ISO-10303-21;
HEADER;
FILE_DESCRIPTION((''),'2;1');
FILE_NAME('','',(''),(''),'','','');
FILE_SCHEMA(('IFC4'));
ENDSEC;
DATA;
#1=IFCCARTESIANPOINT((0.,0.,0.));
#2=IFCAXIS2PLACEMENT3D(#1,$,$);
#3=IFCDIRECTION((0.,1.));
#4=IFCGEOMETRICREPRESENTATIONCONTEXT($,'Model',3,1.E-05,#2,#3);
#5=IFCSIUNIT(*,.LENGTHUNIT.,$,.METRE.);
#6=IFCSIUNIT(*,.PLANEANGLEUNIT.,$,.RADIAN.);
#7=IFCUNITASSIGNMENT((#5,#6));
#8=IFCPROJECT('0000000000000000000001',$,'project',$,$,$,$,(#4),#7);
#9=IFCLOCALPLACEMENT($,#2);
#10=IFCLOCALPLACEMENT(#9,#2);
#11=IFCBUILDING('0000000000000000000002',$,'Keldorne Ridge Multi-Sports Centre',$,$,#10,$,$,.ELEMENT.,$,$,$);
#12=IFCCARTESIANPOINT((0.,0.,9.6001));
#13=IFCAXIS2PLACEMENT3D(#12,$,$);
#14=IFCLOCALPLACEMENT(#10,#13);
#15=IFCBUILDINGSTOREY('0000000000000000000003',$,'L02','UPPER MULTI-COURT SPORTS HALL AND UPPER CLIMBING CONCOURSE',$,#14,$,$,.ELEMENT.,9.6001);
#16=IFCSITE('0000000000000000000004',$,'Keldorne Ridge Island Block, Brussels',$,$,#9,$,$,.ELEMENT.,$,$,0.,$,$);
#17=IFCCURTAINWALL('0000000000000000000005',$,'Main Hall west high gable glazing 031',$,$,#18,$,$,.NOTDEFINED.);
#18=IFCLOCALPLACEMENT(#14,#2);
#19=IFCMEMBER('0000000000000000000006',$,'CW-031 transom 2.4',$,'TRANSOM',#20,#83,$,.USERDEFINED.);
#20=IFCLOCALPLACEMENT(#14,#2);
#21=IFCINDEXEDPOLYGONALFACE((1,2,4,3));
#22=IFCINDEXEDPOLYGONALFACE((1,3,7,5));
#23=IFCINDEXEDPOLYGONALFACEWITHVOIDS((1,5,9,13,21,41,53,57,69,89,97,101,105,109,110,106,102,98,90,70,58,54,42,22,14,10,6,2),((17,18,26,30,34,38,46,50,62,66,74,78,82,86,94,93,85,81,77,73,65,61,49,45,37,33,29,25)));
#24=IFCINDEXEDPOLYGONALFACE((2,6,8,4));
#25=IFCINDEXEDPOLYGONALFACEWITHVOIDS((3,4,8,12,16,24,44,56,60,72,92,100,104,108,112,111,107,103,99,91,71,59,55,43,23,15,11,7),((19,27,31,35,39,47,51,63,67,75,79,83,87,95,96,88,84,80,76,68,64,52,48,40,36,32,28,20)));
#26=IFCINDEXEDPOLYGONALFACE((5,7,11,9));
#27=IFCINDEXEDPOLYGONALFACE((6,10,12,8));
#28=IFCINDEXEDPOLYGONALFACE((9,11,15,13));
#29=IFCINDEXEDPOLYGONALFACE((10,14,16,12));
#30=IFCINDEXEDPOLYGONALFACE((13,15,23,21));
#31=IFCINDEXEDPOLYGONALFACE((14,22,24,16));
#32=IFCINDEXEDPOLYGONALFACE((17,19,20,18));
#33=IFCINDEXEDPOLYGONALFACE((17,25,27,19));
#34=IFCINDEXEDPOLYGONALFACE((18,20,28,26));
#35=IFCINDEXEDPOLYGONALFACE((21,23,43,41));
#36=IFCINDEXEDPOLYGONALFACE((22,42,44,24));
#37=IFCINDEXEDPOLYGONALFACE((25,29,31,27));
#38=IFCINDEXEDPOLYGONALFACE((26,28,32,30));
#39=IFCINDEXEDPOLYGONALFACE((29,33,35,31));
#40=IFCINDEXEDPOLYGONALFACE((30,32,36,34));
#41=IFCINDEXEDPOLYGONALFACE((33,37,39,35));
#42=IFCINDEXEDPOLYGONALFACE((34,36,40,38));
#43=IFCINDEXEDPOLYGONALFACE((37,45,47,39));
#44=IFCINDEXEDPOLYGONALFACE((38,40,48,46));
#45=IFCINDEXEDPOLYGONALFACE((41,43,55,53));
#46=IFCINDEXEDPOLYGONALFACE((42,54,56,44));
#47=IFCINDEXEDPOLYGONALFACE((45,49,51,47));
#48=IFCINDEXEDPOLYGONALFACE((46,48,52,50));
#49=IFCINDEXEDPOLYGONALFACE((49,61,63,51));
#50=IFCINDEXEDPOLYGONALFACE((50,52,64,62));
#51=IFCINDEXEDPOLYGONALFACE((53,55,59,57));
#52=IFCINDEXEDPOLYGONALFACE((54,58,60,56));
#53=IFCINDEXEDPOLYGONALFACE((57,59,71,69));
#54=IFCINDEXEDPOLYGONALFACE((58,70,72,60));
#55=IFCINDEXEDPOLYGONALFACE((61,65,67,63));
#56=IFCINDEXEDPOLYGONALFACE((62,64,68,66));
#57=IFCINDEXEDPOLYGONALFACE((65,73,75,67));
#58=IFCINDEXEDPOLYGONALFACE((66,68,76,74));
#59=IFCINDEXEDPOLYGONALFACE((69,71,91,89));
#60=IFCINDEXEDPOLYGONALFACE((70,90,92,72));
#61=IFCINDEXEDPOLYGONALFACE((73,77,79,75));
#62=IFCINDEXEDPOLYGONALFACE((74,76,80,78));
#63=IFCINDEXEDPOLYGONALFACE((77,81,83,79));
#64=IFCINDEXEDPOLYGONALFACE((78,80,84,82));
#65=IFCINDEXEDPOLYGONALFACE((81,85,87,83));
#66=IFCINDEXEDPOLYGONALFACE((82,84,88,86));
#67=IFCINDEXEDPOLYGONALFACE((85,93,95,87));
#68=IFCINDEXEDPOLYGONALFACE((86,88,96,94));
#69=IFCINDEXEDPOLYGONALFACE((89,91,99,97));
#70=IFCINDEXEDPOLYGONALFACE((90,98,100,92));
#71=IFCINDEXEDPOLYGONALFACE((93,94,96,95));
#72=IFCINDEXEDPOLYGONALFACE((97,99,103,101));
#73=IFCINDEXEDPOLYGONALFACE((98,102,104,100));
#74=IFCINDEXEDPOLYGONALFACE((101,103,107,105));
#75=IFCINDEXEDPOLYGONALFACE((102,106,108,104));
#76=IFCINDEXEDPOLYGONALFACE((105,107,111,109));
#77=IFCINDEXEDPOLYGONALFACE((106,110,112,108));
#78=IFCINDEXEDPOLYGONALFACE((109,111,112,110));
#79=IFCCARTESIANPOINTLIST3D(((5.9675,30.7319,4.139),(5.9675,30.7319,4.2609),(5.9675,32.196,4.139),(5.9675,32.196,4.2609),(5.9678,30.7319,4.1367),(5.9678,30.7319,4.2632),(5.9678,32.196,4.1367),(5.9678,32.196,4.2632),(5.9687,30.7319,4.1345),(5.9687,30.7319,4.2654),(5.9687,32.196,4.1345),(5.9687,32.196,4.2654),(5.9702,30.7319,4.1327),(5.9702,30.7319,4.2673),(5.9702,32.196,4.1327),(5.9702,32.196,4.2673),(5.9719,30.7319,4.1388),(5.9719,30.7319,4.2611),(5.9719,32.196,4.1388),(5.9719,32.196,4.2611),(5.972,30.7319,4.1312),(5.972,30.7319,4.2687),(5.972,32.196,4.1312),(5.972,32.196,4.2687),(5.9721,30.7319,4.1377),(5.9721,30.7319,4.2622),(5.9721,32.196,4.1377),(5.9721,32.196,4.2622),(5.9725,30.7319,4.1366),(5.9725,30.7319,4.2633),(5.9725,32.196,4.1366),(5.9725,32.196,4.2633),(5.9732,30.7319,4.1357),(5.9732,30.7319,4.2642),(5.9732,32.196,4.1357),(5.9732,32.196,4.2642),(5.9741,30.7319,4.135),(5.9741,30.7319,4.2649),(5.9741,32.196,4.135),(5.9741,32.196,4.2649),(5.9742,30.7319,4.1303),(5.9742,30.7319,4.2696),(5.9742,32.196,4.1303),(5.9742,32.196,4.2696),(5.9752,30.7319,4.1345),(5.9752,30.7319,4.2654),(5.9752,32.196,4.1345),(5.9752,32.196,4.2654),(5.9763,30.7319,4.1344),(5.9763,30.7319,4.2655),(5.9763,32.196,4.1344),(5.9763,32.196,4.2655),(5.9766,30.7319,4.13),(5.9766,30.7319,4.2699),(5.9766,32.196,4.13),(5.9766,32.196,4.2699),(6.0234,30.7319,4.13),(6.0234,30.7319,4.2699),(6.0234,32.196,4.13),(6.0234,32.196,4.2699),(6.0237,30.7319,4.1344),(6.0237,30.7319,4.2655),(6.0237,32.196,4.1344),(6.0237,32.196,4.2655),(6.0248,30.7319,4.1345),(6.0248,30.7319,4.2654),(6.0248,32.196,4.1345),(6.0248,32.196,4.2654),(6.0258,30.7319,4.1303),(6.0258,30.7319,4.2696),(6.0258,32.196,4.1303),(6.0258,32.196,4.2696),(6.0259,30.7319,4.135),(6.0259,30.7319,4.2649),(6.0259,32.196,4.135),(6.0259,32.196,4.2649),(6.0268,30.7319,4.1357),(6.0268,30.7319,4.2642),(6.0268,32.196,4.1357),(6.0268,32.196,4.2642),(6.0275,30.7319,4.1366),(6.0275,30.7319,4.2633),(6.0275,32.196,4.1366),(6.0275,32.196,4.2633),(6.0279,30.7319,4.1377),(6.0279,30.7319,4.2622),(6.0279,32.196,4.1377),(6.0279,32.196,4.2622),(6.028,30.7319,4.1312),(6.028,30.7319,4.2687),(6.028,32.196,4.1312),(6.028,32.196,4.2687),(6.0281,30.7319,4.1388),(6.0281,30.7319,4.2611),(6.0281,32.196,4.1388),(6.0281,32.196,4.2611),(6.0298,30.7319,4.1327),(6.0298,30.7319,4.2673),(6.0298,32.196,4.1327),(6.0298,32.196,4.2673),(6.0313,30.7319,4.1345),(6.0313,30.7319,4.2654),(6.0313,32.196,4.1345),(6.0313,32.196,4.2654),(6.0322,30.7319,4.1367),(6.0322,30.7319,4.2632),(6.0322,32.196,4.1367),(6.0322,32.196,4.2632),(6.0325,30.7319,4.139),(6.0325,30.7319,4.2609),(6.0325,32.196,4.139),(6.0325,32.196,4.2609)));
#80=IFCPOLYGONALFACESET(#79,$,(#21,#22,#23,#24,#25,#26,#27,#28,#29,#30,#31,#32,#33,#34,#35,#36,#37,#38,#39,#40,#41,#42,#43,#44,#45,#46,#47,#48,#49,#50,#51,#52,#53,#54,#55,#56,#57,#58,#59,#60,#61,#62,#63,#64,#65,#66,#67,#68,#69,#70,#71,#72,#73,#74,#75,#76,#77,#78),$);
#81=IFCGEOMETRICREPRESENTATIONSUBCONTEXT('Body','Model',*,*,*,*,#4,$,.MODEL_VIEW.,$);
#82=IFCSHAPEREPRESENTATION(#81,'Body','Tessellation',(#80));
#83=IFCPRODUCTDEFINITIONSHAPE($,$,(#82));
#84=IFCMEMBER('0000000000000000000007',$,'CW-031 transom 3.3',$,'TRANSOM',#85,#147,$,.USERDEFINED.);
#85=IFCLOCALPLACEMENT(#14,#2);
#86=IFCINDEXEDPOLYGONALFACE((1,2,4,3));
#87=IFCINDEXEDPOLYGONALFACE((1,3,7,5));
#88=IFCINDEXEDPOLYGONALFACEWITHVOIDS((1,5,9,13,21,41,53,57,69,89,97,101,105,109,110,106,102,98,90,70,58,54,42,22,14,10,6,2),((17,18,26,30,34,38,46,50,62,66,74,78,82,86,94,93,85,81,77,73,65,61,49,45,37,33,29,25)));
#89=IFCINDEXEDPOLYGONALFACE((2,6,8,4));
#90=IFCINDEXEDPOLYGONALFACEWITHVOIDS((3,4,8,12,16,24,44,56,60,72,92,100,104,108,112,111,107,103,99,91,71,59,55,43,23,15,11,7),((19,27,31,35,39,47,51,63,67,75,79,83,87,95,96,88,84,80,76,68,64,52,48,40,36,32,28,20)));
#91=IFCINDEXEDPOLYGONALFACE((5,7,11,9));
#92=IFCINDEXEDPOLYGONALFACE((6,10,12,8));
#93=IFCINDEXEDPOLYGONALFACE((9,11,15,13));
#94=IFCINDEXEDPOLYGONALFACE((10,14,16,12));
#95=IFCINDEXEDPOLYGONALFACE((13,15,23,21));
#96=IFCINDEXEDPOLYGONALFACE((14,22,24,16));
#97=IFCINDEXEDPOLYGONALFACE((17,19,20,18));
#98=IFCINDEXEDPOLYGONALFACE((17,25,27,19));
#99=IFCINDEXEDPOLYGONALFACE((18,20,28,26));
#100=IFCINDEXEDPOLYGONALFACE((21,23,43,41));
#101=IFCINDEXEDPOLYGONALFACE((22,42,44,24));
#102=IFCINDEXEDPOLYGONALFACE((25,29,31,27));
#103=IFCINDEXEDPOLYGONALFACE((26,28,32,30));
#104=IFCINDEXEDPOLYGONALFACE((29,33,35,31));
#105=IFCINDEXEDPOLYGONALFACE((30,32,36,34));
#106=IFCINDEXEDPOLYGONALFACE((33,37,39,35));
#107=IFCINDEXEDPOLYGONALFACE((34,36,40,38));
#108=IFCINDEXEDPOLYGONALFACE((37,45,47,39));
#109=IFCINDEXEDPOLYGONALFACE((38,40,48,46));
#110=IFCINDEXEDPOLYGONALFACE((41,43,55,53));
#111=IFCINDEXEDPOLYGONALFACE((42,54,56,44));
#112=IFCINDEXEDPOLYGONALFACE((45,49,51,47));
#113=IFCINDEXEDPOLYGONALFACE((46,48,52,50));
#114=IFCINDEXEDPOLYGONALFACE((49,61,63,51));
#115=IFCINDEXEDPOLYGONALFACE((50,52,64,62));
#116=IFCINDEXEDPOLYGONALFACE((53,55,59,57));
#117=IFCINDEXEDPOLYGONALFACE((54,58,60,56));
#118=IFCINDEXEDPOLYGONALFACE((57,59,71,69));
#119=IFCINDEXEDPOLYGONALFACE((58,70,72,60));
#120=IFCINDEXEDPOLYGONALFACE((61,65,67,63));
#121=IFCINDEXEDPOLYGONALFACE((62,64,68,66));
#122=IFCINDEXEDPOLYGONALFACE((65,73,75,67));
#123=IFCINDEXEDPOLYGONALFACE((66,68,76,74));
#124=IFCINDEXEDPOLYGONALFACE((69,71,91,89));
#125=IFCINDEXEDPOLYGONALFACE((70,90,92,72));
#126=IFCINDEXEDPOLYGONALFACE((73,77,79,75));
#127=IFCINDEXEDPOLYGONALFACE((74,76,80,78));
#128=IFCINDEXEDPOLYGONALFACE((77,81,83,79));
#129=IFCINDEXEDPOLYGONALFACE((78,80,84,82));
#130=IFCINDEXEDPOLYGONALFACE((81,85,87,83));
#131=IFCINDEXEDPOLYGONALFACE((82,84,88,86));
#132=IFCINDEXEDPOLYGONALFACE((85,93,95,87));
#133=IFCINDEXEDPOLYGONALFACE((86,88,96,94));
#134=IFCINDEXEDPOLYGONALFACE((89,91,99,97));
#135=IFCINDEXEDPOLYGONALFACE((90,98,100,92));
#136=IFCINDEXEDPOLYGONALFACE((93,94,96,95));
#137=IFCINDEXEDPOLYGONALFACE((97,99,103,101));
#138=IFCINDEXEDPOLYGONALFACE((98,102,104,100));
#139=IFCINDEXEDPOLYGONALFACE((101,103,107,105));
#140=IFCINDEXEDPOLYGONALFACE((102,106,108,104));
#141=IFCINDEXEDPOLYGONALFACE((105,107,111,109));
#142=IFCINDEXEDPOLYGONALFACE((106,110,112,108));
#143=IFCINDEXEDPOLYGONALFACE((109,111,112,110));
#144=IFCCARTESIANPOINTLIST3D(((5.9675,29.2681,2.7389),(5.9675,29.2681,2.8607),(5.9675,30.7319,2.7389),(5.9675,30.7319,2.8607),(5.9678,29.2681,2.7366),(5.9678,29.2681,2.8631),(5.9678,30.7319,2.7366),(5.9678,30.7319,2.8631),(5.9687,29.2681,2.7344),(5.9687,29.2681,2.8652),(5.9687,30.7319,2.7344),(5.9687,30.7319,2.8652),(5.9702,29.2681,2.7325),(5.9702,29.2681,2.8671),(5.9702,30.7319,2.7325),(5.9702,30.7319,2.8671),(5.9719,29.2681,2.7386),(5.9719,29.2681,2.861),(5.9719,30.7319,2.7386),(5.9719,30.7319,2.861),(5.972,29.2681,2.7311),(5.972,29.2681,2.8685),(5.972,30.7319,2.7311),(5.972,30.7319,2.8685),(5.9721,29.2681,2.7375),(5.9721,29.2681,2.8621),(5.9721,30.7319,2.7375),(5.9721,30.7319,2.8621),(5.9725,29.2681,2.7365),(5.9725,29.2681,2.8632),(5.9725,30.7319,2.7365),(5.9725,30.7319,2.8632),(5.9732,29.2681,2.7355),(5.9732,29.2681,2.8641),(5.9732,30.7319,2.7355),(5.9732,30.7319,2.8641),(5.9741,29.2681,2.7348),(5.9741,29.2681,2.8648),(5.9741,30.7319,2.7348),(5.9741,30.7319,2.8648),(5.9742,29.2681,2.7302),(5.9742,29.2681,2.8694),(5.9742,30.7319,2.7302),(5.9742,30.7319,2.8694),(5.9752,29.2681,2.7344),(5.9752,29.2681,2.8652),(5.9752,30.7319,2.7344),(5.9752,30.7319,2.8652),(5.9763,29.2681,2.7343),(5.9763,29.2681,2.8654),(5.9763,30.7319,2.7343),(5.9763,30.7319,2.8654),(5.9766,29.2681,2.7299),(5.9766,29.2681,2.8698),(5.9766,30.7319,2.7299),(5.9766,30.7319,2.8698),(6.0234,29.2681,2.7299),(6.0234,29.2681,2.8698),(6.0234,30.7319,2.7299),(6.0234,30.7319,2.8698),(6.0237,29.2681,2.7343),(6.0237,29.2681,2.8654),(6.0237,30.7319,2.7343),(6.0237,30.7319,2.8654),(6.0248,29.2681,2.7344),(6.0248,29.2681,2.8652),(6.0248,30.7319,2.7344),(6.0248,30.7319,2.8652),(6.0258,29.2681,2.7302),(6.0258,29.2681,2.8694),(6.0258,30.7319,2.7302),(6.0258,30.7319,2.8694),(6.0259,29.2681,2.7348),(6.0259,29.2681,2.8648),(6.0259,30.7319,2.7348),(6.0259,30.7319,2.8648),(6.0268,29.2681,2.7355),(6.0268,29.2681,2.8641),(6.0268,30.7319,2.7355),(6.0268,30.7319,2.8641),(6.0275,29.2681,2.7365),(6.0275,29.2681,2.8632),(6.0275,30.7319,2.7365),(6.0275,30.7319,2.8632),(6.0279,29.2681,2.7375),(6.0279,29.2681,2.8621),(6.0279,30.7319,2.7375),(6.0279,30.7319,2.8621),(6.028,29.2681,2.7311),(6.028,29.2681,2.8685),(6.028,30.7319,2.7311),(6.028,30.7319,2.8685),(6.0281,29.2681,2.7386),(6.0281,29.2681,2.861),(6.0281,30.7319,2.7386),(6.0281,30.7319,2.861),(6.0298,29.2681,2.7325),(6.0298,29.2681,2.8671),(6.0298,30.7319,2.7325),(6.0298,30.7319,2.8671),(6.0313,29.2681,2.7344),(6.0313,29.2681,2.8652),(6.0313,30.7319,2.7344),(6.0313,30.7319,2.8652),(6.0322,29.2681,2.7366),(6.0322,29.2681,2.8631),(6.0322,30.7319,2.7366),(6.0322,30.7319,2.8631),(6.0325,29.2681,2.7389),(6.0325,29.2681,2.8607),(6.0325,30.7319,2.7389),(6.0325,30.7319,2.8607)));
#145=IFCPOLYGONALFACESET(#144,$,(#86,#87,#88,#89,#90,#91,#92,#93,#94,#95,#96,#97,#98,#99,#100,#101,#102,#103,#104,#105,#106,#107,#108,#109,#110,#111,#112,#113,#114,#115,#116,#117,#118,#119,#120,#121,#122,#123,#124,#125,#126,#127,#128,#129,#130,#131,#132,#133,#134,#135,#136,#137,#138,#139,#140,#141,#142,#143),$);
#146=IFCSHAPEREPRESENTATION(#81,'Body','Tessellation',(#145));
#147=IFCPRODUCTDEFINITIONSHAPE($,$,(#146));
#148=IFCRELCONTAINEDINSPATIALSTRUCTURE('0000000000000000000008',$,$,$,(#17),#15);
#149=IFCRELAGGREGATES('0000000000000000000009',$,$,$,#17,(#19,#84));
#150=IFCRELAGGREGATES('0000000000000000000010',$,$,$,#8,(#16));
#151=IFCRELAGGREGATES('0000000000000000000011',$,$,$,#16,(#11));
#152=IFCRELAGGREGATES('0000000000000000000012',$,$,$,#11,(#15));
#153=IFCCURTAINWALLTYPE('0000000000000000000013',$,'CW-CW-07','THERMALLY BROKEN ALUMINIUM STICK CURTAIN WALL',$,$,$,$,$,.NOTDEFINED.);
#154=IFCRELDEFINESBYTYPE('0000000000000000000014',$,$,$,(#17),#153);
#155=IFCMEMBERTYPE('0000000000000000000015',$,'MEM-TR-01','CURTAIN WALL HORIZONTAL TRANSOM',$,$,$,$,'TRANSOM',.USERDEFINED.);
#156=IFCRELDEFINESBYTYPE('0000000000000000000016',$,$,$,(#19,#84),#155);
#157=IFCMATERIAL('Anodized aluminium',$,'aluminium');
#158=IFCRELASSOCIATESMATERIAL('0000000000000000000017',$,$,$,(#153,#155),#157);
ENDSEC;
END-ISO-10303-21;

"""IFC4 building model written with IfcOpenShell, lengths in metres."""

from ifc_helpers import new_model, si_unit, direction, frame, origin, origin_2d, place, context, subcontext, project, spatial, hollow_rectangle, extrude, material, material_profile, profile_set, type_object, element, aggregate, save


model = new_model("IFC4")

# Units and contexts
model_context = context("Model", 3, precision=1e-05, world=origin(), true_north=direction((0.0, 1.0)))
body_context = subcontext(model_context, "Body", "Model", "MODEL_VIEW")
ifc_project = project(units=[si_unit("LENGTHUNIT", "METRE"), si_unit("PLANEANGLEUNIT", "RADIAN")], contexts=[model_context])

# Site, building, storey
site_placement = place(None, origin())
site = spatial("IfcSite", under=ifc_project, at=site_placement, Name="Keldorne Ridge Island Block, Brussels", CompositionType="ELEMENT", RefElevation=0.0)
building_placement = place(site_placement, origin())
building = spatial("IfcBuilding", under=site, at=building_placement, Name="Keldorne Ridge Multi-Sports Centre", CompositionType="ELEMENT")
storey_placement = place(building_placement, frame((0.0, 0.0, 9.6001)))
storey = spatial("IfcBuildingStorey", under=building, at=storey_placement, Name="L02", Description="UPPER MULTI-COURT SPORTS HALL AND UPPER CLIMBING CONCOURSE", CompositionType="ELEMENT", Elevation=9.6001)

# Curtain wall, members
ifc_material_1 = material(Name="Anodized aluminium", Category="aluminium")
curtain_wall_type_1 = type_object("IfcCurtainWallType", Name="CW-CW-07", Description="THERMALLY BROKEN ALUMINIUM STICK CURTAIN WALL", PredefinedType="NOTDEFINED", material=ifc_material_1)
curtain_wall_1_placement = place(storey_placement, origin())
curtain_wall_1 = element("IfcCurtainWall", 1, at=curtain_wall_1_placement, inside=storey, type_object=curtain_wall_type_1, Name="Main Hall west high gable glazing 031", PredefinedType="NOTDEFINED")
ifc_material_profile_1 = material_profile(ifc_material_1, hollow_rectangle(XDim=0.0649, YDim=0.1399, WallThickness=0.0044, InnerFilletRadius=0.0044, OuterFilletRadius=0.009, at=origin_2d()), Name="ALU TRANSOM 140x65x4.5")
ifc_profile_set_1 = profile_set([ifc_material_profile_1], Name="Anodized aluminium")
member_type_1 = type_object("IfcMemberType", Name="MEM-TR-01", Description="CURTAIN WALL HORIZONTAL TRANSOM", ElementType="TRANSOM", PredefinedType="USERDEFINED", material=ifc_profile_set_1)
member_1_placement = place(storey_placement, frame((6.0, 32.196, 4.2), z_axis=(0.0, -1.0, 0.0), x_axis=(1.0, 0.0, 0.0)))
member_1 = element("IfcMember", 2, at=member_1_placement, type_object=member_type_1, Name="CW-031 transom 2.4", ObjectType="TRANSOM", PredefinedType="USERDEFINED", context=body_context, shape_type="SweptSolid", body=[
    extrude(hollow_rectangle(XDim=0.0649, YDim=0.1399, WallThickness=0.0044, InnerFilletRadius=0.0044, OuterFilletRadius=0.009, at=origin_2d()), origin(), (0.0, 0.0, 1.0), 1.4641),
])
member_2_placement = place(storey_placement, frame((6.0, 30.7319, 2.7998), z_axis=(0.0, -1.0, 0.0), x_axis=(1.0, 0.0, 0.0)))
member_2 = element("IfcMember", 3, at=member_2_placement, type_object=member_type_1, Name="CW-031 transom 3.3", ObjectType="TRANSOM", PredefinedType="USERDEFINED", context=body_context, shape_type="SweptSolid", body=[
    extrude(hollow_rectangle(XDim=0.0649, YDim=0.1399, WallThickness=0.0044, InnerFilletRadius=0.0044, OuterFilletRadius=0.009, at=origin_2d()), origin(), (0.0, 0.0, 1.0), 1.4639),
])

aggregate(curtain_wall_1, [member_1, member_2])

save(model, "model.ifc")
